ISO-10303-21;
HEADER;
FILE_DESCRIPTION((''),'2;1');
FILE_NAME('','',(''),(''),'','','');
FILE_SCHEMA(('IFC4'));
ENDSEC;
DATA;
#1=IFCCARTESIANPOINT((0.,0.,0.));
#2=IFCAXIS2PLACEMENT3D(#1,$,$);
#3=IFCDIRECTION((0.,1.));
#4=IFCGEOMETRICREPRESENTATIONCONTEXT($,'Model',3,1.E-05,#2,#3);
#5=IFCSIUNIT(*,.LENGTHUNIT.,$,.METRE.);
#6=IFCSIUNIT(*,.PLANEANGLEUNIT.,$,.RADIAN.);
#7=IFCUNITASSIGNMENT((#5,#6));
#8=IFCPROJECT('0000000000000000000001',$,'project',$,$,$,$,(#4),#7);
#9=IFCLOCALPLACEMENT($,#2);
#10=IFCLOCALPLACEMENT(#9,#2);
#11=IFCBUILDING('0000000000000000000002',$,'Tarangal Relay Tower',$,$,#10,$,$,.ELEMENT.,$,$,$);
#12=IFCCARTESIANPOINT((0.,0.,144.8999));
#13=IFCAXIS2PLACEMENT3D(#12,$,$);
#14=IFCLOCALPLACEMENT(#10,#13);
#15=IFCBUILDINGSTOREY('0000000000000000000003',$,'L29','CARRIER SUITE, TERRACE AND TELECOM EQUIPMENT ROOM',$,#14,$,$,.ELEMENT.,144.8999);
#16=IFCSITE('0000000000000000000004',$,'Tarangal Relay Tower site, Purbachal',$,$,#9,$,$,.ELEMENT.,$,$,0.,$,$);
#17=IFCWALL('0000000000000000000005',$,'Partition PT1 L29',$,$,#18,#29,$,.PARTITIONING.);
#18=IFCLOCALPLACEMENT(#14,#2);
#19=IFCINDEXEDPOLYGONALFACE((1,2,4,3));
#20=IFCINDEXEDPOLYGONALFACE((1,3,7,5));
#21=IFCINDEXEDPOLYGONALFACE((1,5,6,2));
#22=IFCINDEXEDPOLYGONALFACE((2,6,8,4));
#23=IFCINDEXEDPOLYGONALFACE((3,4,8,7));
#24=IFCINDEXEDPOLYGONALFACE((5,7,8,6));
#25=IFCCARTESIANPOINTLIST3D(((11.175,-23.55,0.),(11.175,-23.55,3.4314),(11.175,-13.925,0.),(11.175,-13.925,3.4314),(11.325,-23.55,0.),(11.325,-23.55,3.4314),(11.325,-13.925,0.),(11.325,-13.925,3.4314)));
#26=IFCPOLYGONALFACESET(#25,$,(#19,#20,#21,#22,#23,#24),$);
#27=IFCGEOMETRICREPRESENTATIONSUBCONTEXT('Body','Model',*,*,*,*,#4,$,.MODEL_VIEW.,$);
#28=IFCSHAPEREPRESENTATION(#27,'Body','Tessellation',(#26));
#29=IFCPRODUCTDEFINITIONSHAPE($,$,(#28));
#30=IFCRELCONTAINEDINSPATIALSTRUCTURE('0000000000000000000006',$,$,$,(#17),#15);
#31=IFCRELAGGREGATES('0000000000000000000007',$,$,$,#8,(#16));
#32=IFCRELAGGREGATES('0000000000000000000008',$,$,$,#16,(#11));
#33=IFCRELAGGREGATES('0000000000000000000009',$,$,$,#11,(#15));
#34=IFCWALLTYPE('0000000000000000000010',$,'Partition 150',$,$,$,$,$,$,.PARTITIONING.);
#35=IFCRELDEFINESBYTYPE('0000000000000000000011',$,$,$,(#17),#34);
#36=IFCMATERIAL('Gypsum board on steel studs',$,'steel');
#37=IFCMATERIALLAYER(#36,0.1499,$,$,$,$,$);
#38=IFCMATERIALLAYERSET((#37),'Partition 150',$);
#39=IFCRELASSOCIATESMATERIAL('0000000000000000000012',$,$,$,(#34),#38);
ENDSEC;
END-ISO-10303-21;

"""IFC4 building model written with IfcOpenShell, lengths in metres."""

from ifc_helpers import new_model, si_unit, direction, frame, frame_2d, origin, place, context, subcontext, project, spatial, rectangle, extrude, material, layer, layer_set, type_object, element, save


model = new_model("IFC4")

# Units and contexts
model_context = context("Model", 3, precision=1e-05, world=origin(), true_north=direction((0.0, 1.0)))
body_context = subcontext(model_context, "Body", "Model", "MODEL_VIEW")
ifc_project = project(units=[si_unit("LENGTHUNIT", "METRE"), si_unit("PLANEANGLEUNIT", "RADIAN")], contexts=[model_context])

# Site, building, storey
site_placement = place(None, origin())
site = spatial("IfcSite", under=ifc_project, at=site_placement, Name="Tarangal Relay Tower site, Purbachal", CompositionType="ELEMENT", RefElevation=0.0)
building_placement = place(site_placement, origin())
building = spatial("IfcBuilding", under=site, at=building_placement, Name="Tarangal Relay Tower", CompositionType="ELEMENT")
storey_placement = place(building_placement, frame((0.0, 0.0, 144.8999)))
storey = spatial("IfcBuildingStorey", under=building, at=storey_placement, Name="L29", Description="CARRIER SUITE, TERRACE AND TELECOM EQUIPMENT ROOM", CompositionType="ELEMENT", Elevation=144.8999)

# Wall
ifc_material_1 = material(Name="Gypsum board on steel studs", Category="steel")
ifc_layer_1 = layer(ifc_material_1, 0.1499)
ifc_layer_set_1 = layer_set([ifc_layer_1], Name="Partition 150")
wall_type_1 = type_object("IfcWallType", Name="Partition 150", PredefinedType="PARTITIONING", material=ifc_layer_set_1)
wall_1_placement = place(storey_placement, frame((11.25, -23.55, 0.0), z_axis=(0.0, 0.0, 1.0), x_axis=(0.0, 1.0, 0.0)))
element("IfcWall", 1, at=wall_1_placement, inside=storey, type_object=wall_type_1, Name="Partition PT1 L29", PredefinedType="PARTITIONING", context=body_context, shape_type="SweptSolid", body=[
    extrude(rectangle(XDim=9.625, YDim=0.1499, at=frame_2d((4.8125, 0.0))), origin(), (0.0, 0.0, 1.0), 3.4314),
])

save(model, "model.ifc")
